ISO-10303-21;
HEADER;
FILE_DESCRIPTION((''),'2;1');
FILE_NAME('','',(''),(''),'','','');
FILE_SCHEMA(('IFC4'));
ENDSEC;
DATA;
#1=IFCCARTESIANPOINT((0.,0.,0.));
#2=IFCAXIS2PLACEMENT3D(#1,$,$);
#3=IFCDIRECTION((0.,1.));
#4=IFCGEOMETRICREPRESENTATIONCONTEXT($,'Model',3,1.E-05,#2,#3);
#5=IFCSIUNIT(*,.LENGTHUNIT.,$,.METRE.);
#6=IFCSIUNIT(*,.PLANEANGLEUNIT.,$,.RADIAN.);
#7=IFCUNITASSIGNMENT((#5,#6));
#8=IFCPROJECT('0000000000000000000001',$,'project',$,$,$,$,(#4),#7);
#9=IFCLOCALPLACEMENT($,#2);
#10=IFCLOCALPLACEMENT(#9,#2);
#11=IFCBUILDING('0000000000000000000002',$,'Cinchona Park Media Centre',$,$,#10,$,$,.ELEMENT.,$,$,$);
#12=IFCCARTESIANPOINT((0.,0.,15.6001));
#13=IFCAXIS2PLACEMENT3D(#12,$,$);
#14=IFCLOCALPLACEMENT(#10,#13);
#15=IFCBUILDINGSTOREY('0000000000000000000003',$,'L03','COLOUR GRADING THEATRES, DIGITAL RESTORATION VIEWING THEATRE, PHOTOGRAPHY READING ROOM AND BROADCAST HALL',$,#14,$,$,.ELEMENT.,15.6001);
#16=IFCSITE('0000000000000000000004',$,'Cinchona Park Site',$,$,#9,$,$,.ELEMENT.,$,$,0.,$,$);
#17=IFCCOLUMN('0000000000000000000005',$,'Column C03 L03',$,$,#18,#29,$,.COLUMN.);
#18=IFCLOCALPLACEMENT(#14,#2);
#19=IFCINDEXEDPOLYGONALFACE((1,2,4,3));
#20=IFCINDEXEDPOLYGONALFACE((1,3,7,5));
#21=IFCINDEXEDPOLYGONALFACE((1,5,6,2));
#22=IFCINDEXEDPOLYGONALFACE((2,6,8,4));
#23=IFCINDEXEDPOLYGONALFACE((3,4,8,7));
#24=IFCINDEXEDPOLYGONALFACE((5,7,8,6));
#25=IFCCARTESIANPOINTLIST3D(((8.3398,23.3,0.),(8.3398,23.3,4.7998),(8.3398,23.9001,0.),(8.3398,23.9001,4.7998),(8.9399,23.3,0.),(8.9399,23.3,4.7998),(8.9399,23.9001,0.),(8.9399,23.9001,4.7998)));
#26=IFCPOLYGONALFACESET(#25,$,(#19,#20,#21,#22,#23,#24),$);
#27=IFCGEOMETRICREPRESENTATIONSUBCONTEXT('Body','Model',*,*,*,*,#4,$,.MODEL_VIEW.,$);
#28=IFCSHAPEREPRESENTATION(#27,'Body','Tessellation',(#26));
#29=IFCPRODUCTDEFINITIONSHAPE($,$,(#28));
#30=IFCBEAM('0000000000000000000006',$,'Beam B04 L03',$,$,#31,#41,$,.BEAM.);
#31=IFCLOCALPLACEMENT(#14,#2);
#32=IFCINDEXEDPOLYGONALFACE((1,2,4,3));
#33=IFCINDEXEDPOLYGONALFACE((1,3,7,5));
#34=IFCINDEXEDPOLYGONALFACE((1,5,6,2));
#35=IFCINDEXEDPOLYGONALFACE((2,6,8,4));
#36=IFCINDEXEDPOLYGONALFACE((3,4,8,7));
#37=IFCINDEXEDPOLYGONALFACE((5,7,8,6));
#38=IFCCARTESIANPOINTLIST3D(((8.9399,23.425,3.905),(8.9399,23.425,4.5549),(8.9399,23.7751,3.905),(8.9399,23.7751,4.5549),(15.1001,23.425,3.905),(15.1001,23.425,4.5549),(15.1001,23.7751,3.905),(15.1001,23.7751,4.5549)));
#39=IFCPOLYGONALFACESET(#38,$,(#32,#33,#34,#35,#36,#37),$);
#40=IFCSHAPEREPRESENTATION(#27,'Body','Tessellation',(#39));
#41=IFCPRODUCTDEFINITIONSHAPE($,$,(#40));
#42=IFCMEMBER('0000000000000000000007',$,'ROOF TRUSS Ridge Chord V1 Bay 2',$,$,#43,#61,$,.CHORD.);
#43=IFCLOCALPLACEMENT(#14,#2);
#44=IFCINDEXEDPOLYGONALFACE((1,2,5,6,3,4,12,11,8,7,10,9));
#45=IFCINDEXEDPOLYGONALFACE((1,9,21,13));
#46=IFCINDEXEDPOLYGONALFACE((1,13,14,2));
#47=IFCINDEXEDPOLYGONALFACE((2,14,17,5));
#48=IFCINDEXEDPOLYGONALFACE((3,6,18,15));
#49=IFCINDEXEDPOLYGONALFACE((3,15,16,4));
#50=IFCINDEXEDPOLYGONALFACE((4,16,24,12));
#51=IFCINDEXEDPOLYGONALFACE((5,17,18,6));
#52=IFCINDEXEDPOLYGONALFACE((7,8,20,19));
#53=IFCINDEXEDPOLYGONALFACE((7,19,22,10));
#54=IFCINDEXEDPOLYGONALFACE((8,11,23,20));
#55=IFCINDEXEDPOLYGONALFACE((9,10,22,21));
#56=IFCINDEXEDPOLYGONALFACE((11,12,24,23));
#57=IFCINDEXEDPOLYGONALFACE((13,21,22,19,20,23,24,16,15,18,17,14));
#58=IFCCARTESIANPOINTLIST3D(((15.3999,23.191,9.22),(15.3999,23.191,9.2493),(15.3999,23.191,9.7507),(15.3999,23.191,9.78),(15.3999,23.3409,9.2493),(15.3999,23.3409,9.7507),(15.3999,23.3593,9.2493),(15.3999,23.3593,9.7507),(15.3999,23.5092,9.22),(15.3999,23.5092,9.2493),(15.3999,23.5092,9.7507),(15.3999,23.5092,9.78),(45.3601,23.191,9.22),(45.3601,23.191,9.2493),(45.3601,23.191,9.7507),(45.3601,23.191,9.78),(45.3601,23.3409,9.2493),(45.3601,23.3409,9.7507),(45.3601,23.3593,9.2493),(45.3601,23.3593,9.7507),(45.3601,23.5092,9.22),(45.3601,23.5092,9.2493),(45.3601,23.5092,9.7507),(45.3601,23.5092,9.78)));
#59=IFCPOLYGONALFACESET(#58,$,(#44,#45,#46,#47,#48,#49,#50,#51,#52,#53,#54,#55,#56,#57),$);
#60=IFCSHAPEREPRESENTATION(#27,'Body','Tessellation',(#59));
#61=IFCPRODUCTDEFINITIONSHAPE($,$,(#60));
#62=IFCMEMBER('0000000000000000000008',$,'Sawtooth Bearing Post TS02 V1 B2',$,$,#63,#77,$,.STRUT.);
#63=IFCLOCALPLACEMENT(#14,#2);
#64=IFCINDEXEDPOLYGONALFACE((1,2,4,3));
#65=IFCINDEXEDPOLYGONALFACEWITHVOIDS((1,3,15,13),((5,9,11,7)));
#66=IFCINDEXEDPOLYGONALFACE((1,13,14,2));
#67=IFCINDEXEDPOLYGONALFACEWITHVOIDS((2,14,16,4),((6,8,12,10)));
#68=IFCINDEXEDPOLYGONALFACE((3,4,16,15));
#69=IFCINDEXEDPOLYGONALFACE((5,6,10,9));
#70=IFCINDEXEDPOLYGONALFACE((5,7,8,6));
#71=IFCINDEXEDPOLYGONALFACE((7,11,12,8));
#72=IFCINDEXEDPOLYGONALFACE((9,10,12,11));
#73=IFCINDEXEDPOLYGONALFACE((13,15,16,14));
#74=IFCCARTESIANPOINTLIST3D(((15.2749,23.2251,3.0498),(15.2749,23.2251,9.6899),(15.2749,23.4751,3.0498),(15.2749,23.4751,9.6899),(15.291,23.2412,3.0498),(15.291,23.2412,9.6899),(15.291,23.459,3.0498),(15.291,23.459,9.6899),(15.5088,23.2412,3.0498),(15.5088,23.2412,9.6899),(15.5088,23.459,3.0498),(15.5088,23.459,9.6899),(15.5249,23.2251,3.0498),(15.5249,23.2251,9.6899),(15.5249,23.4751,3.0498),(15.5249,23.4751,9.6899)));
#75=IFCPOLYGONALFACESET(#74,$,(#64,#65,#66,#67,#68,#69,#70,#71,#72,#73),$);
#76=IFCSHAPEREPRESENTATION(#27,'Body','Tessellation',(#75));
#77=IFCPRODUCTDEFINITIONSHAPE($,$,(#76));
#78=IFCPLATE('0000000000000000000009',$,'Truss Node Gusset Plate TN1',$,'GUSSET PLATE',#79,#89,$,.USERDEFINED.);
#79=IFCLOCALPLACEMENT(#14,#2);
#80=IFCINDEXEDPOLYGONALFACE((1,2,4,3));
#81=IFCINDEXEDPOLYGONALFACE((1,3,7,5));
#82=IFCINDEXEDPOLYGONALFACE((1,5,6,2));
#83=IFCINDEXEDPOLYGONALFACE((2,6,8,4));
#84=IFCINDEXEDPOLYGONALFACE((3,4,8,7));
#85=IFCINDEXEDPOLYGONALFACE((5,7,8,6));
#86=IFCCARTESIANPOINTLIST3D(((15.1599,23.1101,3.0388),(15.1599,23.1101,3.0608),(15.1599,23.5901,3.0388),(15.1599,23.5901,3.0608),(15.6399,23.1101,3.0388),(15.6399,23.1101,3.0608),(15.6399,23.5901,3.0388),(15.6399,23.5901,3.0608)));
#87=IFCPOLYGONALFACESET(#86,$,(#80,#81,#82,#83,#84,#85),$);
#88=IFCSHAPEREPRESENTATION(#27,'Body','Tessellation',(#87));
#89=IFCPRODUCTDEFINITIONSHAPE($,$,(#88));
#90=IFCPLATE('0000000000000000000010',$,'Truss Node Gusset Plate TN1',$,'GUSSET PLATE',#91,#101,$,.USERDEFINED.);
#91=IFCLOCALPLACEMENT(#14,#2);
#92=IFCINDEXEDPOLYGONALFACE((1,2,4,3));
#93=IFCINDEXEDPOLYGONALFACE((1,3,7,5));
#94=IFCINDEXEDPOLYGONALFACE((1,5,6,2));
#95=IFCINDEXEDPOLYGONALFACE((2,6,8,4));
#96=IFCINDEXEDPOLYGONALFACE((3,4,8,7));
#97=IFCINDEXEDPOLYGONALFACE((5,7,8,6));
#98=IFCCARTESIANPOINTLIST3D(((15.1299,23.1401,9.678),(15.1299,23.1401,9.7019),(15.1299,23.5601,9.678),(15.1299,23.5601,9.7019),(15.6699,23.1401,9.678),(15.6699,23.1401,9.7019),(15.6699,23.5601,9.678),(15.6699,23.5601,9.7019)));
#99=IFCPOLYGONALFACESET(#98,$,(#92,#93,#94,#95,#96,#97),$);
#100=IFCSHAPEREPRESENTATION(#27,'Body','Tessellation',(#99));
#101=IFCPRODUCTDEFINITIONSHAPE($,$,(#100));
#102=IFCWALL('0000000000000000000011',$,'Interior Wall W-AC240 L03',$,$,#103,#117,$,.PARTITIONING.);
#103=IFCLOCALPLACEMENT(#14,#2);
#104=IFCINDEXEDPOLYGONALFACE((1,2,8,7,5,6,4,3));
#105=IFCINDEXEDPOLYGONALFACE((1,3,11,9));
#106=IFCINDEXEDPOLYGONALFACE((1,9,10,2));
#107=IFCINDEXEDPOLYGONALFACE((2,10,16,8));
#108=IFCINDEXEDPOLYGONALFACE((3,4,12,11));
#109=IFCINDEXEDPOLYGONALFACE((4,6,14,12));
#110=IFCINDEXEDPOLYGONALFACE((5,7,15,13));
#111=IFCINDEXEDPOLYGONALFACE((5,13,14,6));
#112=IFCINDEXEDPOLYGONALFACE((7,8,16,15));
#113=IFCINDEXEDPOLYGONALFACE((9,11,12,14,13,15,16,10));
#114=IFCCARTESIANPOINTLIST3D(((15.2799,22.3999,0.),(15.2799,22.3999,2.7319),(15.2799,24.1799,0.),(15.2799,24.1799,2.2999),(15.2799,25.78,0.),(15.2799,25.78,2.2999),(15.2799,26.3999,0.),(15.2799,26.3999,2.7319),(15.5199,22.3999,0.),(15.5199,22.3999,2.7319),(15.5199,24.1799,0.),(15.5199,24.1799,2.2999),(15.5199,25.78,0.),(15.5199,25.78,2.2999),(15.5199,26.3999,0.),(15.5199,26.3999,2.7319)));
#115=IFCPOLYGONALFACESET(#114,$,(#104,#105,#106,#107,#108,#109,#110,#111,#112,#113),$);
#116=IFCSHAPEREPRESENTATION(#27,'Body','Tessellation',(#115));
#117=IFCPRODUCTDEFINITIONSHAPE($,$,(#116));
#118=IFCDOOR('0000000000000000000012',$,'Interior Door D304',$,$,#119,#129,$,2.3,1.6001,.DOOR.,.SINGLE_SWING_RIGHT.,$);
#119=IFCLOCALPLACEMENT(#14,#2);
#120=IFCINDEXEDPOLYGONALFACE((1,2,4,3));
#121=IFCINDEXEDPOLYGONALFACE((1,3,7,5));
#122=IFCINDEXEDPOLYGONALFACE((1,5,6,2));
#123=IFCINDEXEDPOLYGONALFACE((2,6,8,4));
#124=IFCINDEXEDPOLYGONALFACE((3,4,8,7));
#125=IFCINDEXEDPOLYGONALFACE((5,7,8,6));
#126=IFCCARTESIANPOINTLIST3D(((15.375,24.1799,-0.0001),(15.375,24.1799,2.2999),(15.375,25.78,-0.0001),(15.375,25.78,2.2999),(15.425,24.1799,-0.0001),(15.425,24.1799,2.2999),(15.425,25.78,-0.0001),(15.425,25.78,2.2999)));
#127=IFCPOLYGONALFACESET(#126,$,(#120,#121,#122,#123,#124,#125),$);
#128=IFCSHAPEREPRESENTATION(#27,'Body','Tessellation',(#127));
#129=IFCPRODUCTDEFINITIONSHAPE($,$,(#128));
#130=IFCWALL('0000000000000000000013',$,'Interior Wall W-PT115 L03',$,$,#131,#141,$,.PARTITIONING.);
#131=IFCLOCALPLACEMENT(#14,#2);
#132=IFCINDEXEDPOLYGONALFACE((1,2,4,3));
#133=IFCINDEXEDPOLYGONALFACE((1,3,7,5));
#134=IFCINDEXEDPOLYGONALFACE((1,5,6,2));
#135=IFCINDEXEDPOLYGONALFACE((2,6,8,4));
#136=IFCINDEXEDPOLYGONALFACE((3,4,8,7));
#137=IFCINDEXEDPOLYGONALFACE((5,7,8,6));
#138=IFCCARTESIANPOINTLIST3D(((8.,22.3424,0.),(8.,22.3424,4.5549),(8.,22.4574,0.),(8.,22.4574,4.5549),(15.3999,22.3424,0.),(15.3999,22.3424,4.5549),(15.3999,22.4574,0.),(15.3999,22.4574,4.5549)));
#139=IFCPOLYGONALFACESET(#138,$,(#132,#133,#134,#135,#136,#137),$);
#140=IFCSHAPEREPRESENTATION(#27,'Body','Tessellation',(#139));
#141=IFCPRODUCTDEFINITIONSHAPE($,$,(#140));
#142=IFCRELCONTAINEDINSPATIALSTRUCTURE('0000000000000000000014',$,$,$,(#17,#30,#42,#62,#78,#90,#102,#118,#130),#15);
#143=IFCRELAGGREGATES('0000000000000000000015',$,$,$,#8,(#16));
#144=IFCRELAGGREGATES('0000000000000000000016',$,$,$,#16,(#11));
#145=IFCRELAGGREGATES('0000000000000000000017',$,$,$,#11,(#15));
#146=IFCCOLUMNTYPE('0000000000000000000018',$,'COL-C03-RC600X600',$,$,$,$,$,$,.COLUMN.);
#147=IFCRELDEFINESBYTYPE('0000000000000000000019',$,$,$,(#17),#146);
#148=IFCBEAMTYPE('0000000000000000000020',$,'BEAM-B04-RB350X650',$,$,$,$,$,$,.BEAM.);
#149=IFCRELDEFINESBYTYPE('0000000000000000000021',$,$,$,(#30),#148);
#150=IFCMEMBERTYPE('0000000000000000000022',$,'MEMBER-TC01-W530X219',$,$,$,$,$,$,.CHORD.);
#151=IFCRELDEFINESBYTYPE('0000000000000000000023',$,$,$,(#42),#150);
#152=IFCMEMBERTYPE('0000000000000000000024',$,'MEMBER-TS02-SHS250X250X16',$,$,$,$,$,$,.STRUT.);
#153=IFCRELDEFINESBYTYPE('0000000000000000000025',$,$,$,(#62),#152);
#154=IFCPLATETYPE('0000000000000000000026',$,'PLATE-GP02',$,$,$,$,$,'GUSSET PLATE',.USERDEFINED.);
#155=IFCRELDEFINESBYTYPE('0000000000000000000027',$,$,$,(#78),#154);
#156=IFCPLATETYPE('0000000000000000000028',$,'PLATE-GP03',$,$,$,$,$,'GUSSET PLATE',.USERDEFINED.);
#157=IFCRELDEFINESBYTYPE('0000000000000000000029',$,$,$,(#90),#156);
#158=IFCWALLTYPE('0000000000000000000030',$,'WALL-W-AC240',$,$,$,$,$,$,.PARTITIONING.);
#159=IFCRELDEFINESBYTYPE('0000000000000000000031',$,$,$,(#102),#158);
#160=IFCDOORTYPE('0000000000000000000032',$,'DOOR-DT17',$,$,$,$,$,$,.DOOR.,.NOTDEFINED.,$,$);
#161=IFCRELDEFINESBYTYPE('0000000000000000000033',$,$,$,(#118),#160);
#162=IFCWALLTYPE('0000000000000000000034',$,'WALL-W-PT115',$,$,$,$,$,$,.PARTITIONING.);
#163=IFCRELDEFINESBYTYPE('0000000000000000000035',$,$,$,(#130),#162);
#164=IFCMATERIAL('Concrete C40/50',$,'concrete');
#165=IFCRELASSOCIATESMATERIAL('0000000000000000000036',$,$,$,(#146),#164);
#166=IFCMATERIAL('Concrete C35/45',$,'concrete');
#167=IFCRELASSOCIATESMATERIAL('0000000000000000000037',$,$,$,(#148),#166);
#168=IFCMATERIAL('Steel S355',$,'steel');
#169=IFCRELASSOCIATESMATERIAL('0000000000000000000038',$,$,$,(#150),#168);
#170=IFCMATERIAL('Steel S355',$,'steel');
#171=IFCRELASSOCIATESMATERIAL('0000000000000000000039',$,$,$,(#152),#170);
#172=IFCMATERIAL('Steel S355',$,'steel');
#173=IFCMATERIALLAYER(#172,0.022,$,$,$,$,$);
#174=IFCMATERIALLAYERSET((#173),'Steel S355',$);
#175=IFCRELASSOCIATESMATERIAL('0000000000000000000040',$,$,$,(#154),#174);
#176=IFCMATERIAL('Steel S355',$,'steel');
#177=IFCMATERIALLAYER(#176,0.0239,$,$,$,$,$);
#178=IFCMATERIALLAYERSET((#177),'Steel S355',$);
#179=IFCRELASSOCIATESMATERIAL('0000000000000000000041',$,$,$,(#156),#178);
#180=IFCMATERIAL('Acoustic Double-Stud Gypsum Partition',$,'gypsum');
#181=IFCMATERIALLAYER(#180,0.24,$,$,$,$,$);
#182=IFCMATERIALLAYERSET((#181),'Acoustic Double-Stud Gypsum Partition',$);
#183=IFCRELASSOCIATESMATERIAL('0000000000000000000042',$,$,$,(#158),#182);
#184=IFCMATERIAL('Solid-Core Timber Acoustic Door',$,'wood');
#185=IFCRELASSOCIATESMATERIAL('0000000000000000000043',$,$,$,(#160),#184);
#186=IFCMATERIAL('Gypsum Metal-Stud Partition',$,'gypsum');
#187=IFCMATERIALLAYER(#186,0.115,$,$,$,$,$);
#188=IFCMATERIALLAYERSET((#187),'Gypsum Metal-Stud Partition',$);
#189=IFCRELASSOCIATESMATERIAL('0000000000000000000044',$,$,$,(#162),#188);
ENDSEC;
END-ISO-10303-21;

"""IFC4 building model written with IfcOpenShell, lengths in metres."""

from ifc_helpers import new_model, si_unit, direction, frame, frame_2d, origin, origin_2d, place, context, subcontext, project, spatial, rectangle, hollow_rectangle, i_section, extrude, material, layer, layer_set, material_profile, profile_set, type_object, element, fill, save


model = new_model("IFC4")

# Units and contexts
model_context = context("Model", 3, precision=1e-05, world=origin(), true_north=direction((0.0, 1.0)))
body_context = subcontext(model_context, "Body", "Model", "MODEL_VIEW")
ifc_project = project(units=[si_unit("LENGTHUNIT", "METRE"), si_unit("PLANEANGLEUNIT", "RADIAN")], contexts=[model_context])

# Site, building, storey
site_placement = place(None, origin())
site = spatial("IfcSite", under=ifc_project, at=site_placement, Name="Cinchona Park Site", CompositionType="ELEMENT", RefElevation=0.0)
building_placement = place(site_placement, origin())
building = spatial("IfcBuilding", under=site, at=building_placement, Name="Cinchona Park Media Centre", CompositionType="ELEMENT")
storey_placement = place(building_placement, frame((0.0, 0.0, 15.6001)))
storey = spatial("IfcBuildingStorey", under=building, at=storey_placement, Name="L03", Description="COLOUR GRADING THEATRES, DIGITAL RESTORATION VIEWING THEATRE, PHOTOGRAPHY READING ROOM AND BROADCAST HALL", CompositionType="ELEMENT", Elevation=15.6001)

# Column
ifc_material_1 = material(Name="Concrete C40/50", Category="concrete")
ifc_material_profile_1 = material_profile(ifc_material_1, rectangle(XDim=0.6001, YDim=0.6001, at=origin_2d()), Name="RC 600X600")
ifc_profile_set_1 = profile_set([ifc_material_profile_1], Name="Concrete C40/50")
column_type = type_object("IfcColumnType", Name="COL-C03-RC600X600", PredefinedType="COLUMN", material=ifc_profile_set_1)
column_placement = place(storey_placement, frame((8.6399, 23.6001, 0.0), z_axis=(0.0, 0.0, 1.0), x_axis=(1.0, 0.0, 0.0)))
element("IfcColumn", 1, at=column_placement, inside=storey, type_object=column_type, Name="Column C03 L03", PredefinedType="COLUMN", context=body_context, shape_type="SweptSolid", body=[
    extrude(rectangle(XDim=0.6001, YDim=0.6001, at=origin_2d()), origin(), (0.0, 0.0, 1.0), 4.7998),
])

# Beam
ifc_material_2 = material(Name="Concrete C35/45", Category="concrete")
ifc_material_profile_2 = material_profile(ifc_material_2, rectangle(XDim=0.3501, YDim=0.6499, at=origin_2d()), Name="RB 350X650")
ifc_profile_set_2 = profile_set([ifc_material_profile_2], Name="Concrete C35/45")
beam_type = type_object("IfcBeamType", Name="BEAM-B04-RB350X650", PredefinedType="BEAM", material=ifc_profile_set_2)
beam_placement = place(storey_placement, frame((8.9399, 23.6001, 4.23), z_axis=(1.0, 0.0, 0.0), x_axis=(0.0, 1.0, 0.0)))
element("IfcBeam", 2, at=beam_placement, inside=storey, type_object=beam_type, Name="Beam B04 L03", PredefinedType="BEAM", context=body_context, shape_type="SweptSolid", body=[
    extrude(rectangle(XDim=0.3501, YDim=0.6499, at=origin_2d()), origin(), (0.0, 0.0, 1.0), 6.1602),
])

# Members
ifc_material_3 = material(Name="Steel S355", Category="steel")
ifc_material_profile_3 = material_profile(ifc_material_3, i_section(OverallWidth=0.3181, OverallDepth=0.5601, WebThickness=0.0183, FlangeThickness=0.0293, at=origin_2d()), Name="W530X219")
ifc_profile_set_3 = profile_set([ifc_material_profile_3], Name="Steel S355")
member_type_1 = type_object("IfcMemberType", Name="MEMBER-TC01-W530X219", PredefinedType="CHORD", material=ifc_profile_set_3)
member_1_placement = place(storey_placement, frame((15.3999, 23.3501, 9.5), z_axis=(1.0, 0.0, 0.0), x_axis=(0.0, 1.0, 0.0)))
element("IfcMember", 3, at=member_1_placement, inside=storey, type_object=member_type_1, Name="ROOF TRUSS Ridge Chord V1 Bay 2", PredefinedType="CHORD", context=body_context, shape_type="SweptSolid", body=[
    extrude(i_section(OverallWidth=0.3181, OverallDepth=0.5601, WebThickness=0.0183, FlangeThickness=0.0293, at=origin_2d()), origin(), (0.0, 0.0, 1.0), 29.9602),
])
ifc_material_4 = material(Name="Steel S355", Category="steel")
ifc_material_profile_4 = material_profile(ifc_material_4, hollow_rectangle(XDim=0.25, YDim=0.25, WallThickness=0.0161, at=origin_2d()), Name="250X250X16SHS")
ifc_profile_set_4 = profile_set([ifc_material_profile_4], Name="Steel S355")
member_type_2 = type_object("IfcMemberType", Name="MEMBER-TS02-SHS250X250X16", PredefinedType="STRUT", material=ifc_profile_set_4)
member_2_placement = place(storey_placement, frame((15.3999, 23.3501, 3.0498), z_axis=(0.0, 0.0, 1.0), x_axis=(1.0, 0.0, 0.0)))
element("IfcMember", 4, at=member_2_placement, inside=storey, type_object=member_type_2, Name="Sawtooth Bearing Post TS02 V1 B2", PredefinedType="STRUT", context=body_context, shape_type="SweptSolid", body=[
    extrude(hollow_rectangle(XDim=0.25, YDim=0.25, WallThickness=0.0161, at=origin_2d()), origin(), (0.0, 0.0, 1.0), 6.6401),
])

# Plates
ifc_material_5 = material(Name="Steel S355", Category="steel")
ifc_layer_1 = layer(ifc_material_5, 0.022)
ifc_layer_set_1 = layer_set([ifc_layer_1], Name="Steel S355")
plate_type_1 = type_object("IfcPlateType", Name="PLATE-GP02", ElementType="GUSSET PLATE", PredefinedType="USERDEFINED", material=ifc_layer_set_1)
plate_1_placement = place(storey_placement, frame((15.3999, 23.3501, 3.0388), z_axis=(0.0, 0.0, 1.0), x_axis=(1.0, 0.0, 0.0)))
element("IfcPlate", 5, at=plate_1_placement, inside=storey, type_object=plate_type_1, Name="Truss Node Gusset Plate TN1", ObjectType="GUSSET PLATE", PredefinedType="USERDEFINED", context=body_context, shape_type="SweptSolid", body=[
    extrude(rectangle(XDim=0.48, YDim=0.48, at=origin_2d()), origin(), (0.0, 0.0, 1.0), 0.022),
])
ifc_material_6 = material(Name="Steel S355", Category="steel")
ifc_layer_2 = layer(ifc_material_6, 0.0239)
ifc_layer_set_2 = layer_set([ifc_layer_2], Name="Steel S355")
plate_type_2 = type_object("IfcPlateType", Name="PLATE-GP03", ElementType="GUSSET PLATE", PredefinedType="USERDEFINED", material=ifc_layer_set_2)
plate_2_placement = place(storey_placement, frame((15.3999, 23.3501, 9.678), z_axis=(0.0, 0.0, 1.0), x_axis=(1.0, 0.0, 0.0)))
element("IfcPlate", 6, at=plate_2_placement, inside=storey, type_object=plate_type_2, Name="Truss Node Gusset Plate TN1", ObjectType="GUSSET PLATE", PredefinedType="USERDEFINED", context=body_context, shape_type="SweptSolid", body=[
    extrude(rectangle(XDim=0.54, YDim=0.4199, at=origin_2d()), origin(), (0.0, 0.0, 1.0), 0.0239),
])

# Wall, opening, door
ifc_material_7 = material(Name="Acoustic Double-Stud Gypsum Partition", Category="gypsum")
ifc_layer_3 = layer(ifc_material_7, 0.24)
ifc_layer_set_3 = layer_set([ifc_layer_3], Name="Acoustic Double-Stud Gypsum Partition")
wall_type_1 = type_object("IfcWallType", Name="WALL-W-AC240", PredefinedType="PARTITIONING", material=ifc_layer_set_3)
wall_1_placement = place(storey_placement, frame((15.3999, 22.3999, 0.0), z_axis=(0.0, 0.0, 1.0), x_axis=(0.0, 1.0, 0.0)))
wall_1 = element("IfcWall", 7, at=wall_1_placement, inside=storey, type_object=wall_type_1, Name="Interior Wall W-AC240 L03", PredefinedType="PARTITIONING", context=body_context, shape_type="SweptSolid", body=[
    extrude(rectangle(XDim=4.0, YDim=0.24, at=frame_2d((2.0, 0.0))), origin(), (0.0, 0.0, 1.0), 2.7319),
])
opening_1_placement = place(wall_1_placement, frame((1.78, 0.0, 0.0)))
opening_1 = element("IfcOpeningElement", 8, at=opening_1_placement, cuts=wall_1, PredefinedType="OPENING", context=body_context, shape_type="SweptSolid", body=[
    extrude(rectangle(XDim=1.6001, YDim=2.3, at=frame_2d((0.8, 1.1499))), frame((0.0, 0.1299, 0.0), z_axis=(0.0, -1.0, 0.0), x_axis=(1.0, 0.0, 0.0)), (0.0, 0.0, 1.0), 0.26),
])
ifc_material_8 = material(Name="Solid-Core Timber Acoustic Door", Category="wood")
door_type_1 = type_object("IfcDoorType", Name="DOOR-DT17", OperationType="NOTDEFINED", PredefinedType="DOOR", material=ifc_material_8)
door_1_placement = place(opening_1_placement, origin())
door_1 = element("IfcDoor", 9, at=door_1_placement, inside=storey, type_object=door_type_1, Name="Interior Door D304", OperationType="SINGLE_SWING_RIGHT", OverallHeight=2.3, OverallWidth=1.6001, PredefinedType="DOOR", context=body_context, shape_type="SweptSolid", body=[
    extrude(rectangle(XDim=1.6001, YDim=2.3, at=frame_2d((0.8, 1.1499))), frame((0.0, 0.0249, 0.0), z_axis=(0.0, -1.0, 0.0), x_axis=(1.0, 0.0, 0.0)), (0.0, 0.0, 1.0), 0.05),
])
fill(opening_1, door_1)

# Wall
ifc_material_9 = material(Name="Gypsum Metal-Stud Partition", Category="gypsum")
ifc_layer_4 = layer(ifc_material_9, 0.115)
ifc_layer_set_4 = layer_set([ifc_layer_4], Name="Gypsum Metal-Stud Partition")
wall_type_2 = type_object("IfcWallType", Name="WALL-W-PT115", PredefinedType="PARTITIONING", material=ifc_layer_set_4)
wall_2_placement = place(storey_placement, frame((8.0, 22.3999, 0.0), z_axis=(0.0, 0.0, 1.0), x_axis=(1.0, 0.0, 0.0)))
element("IfcWall", 10, at=wall_2_placement, inside=storey, type_object=wall_type_2, Name="Interior Wall W-PT115 L03", PredefinedType="PARTITIONING", context=body_context, shape_type="SweptSolid", body=[
    extrude(rectangle(XDim=7.3999, YDim=0.115, at=frame_2d((3.7, 0.0))), origin(), (0.0, 0.0, 1.0), 4.5549),
])

save(model, "model.ifc")
